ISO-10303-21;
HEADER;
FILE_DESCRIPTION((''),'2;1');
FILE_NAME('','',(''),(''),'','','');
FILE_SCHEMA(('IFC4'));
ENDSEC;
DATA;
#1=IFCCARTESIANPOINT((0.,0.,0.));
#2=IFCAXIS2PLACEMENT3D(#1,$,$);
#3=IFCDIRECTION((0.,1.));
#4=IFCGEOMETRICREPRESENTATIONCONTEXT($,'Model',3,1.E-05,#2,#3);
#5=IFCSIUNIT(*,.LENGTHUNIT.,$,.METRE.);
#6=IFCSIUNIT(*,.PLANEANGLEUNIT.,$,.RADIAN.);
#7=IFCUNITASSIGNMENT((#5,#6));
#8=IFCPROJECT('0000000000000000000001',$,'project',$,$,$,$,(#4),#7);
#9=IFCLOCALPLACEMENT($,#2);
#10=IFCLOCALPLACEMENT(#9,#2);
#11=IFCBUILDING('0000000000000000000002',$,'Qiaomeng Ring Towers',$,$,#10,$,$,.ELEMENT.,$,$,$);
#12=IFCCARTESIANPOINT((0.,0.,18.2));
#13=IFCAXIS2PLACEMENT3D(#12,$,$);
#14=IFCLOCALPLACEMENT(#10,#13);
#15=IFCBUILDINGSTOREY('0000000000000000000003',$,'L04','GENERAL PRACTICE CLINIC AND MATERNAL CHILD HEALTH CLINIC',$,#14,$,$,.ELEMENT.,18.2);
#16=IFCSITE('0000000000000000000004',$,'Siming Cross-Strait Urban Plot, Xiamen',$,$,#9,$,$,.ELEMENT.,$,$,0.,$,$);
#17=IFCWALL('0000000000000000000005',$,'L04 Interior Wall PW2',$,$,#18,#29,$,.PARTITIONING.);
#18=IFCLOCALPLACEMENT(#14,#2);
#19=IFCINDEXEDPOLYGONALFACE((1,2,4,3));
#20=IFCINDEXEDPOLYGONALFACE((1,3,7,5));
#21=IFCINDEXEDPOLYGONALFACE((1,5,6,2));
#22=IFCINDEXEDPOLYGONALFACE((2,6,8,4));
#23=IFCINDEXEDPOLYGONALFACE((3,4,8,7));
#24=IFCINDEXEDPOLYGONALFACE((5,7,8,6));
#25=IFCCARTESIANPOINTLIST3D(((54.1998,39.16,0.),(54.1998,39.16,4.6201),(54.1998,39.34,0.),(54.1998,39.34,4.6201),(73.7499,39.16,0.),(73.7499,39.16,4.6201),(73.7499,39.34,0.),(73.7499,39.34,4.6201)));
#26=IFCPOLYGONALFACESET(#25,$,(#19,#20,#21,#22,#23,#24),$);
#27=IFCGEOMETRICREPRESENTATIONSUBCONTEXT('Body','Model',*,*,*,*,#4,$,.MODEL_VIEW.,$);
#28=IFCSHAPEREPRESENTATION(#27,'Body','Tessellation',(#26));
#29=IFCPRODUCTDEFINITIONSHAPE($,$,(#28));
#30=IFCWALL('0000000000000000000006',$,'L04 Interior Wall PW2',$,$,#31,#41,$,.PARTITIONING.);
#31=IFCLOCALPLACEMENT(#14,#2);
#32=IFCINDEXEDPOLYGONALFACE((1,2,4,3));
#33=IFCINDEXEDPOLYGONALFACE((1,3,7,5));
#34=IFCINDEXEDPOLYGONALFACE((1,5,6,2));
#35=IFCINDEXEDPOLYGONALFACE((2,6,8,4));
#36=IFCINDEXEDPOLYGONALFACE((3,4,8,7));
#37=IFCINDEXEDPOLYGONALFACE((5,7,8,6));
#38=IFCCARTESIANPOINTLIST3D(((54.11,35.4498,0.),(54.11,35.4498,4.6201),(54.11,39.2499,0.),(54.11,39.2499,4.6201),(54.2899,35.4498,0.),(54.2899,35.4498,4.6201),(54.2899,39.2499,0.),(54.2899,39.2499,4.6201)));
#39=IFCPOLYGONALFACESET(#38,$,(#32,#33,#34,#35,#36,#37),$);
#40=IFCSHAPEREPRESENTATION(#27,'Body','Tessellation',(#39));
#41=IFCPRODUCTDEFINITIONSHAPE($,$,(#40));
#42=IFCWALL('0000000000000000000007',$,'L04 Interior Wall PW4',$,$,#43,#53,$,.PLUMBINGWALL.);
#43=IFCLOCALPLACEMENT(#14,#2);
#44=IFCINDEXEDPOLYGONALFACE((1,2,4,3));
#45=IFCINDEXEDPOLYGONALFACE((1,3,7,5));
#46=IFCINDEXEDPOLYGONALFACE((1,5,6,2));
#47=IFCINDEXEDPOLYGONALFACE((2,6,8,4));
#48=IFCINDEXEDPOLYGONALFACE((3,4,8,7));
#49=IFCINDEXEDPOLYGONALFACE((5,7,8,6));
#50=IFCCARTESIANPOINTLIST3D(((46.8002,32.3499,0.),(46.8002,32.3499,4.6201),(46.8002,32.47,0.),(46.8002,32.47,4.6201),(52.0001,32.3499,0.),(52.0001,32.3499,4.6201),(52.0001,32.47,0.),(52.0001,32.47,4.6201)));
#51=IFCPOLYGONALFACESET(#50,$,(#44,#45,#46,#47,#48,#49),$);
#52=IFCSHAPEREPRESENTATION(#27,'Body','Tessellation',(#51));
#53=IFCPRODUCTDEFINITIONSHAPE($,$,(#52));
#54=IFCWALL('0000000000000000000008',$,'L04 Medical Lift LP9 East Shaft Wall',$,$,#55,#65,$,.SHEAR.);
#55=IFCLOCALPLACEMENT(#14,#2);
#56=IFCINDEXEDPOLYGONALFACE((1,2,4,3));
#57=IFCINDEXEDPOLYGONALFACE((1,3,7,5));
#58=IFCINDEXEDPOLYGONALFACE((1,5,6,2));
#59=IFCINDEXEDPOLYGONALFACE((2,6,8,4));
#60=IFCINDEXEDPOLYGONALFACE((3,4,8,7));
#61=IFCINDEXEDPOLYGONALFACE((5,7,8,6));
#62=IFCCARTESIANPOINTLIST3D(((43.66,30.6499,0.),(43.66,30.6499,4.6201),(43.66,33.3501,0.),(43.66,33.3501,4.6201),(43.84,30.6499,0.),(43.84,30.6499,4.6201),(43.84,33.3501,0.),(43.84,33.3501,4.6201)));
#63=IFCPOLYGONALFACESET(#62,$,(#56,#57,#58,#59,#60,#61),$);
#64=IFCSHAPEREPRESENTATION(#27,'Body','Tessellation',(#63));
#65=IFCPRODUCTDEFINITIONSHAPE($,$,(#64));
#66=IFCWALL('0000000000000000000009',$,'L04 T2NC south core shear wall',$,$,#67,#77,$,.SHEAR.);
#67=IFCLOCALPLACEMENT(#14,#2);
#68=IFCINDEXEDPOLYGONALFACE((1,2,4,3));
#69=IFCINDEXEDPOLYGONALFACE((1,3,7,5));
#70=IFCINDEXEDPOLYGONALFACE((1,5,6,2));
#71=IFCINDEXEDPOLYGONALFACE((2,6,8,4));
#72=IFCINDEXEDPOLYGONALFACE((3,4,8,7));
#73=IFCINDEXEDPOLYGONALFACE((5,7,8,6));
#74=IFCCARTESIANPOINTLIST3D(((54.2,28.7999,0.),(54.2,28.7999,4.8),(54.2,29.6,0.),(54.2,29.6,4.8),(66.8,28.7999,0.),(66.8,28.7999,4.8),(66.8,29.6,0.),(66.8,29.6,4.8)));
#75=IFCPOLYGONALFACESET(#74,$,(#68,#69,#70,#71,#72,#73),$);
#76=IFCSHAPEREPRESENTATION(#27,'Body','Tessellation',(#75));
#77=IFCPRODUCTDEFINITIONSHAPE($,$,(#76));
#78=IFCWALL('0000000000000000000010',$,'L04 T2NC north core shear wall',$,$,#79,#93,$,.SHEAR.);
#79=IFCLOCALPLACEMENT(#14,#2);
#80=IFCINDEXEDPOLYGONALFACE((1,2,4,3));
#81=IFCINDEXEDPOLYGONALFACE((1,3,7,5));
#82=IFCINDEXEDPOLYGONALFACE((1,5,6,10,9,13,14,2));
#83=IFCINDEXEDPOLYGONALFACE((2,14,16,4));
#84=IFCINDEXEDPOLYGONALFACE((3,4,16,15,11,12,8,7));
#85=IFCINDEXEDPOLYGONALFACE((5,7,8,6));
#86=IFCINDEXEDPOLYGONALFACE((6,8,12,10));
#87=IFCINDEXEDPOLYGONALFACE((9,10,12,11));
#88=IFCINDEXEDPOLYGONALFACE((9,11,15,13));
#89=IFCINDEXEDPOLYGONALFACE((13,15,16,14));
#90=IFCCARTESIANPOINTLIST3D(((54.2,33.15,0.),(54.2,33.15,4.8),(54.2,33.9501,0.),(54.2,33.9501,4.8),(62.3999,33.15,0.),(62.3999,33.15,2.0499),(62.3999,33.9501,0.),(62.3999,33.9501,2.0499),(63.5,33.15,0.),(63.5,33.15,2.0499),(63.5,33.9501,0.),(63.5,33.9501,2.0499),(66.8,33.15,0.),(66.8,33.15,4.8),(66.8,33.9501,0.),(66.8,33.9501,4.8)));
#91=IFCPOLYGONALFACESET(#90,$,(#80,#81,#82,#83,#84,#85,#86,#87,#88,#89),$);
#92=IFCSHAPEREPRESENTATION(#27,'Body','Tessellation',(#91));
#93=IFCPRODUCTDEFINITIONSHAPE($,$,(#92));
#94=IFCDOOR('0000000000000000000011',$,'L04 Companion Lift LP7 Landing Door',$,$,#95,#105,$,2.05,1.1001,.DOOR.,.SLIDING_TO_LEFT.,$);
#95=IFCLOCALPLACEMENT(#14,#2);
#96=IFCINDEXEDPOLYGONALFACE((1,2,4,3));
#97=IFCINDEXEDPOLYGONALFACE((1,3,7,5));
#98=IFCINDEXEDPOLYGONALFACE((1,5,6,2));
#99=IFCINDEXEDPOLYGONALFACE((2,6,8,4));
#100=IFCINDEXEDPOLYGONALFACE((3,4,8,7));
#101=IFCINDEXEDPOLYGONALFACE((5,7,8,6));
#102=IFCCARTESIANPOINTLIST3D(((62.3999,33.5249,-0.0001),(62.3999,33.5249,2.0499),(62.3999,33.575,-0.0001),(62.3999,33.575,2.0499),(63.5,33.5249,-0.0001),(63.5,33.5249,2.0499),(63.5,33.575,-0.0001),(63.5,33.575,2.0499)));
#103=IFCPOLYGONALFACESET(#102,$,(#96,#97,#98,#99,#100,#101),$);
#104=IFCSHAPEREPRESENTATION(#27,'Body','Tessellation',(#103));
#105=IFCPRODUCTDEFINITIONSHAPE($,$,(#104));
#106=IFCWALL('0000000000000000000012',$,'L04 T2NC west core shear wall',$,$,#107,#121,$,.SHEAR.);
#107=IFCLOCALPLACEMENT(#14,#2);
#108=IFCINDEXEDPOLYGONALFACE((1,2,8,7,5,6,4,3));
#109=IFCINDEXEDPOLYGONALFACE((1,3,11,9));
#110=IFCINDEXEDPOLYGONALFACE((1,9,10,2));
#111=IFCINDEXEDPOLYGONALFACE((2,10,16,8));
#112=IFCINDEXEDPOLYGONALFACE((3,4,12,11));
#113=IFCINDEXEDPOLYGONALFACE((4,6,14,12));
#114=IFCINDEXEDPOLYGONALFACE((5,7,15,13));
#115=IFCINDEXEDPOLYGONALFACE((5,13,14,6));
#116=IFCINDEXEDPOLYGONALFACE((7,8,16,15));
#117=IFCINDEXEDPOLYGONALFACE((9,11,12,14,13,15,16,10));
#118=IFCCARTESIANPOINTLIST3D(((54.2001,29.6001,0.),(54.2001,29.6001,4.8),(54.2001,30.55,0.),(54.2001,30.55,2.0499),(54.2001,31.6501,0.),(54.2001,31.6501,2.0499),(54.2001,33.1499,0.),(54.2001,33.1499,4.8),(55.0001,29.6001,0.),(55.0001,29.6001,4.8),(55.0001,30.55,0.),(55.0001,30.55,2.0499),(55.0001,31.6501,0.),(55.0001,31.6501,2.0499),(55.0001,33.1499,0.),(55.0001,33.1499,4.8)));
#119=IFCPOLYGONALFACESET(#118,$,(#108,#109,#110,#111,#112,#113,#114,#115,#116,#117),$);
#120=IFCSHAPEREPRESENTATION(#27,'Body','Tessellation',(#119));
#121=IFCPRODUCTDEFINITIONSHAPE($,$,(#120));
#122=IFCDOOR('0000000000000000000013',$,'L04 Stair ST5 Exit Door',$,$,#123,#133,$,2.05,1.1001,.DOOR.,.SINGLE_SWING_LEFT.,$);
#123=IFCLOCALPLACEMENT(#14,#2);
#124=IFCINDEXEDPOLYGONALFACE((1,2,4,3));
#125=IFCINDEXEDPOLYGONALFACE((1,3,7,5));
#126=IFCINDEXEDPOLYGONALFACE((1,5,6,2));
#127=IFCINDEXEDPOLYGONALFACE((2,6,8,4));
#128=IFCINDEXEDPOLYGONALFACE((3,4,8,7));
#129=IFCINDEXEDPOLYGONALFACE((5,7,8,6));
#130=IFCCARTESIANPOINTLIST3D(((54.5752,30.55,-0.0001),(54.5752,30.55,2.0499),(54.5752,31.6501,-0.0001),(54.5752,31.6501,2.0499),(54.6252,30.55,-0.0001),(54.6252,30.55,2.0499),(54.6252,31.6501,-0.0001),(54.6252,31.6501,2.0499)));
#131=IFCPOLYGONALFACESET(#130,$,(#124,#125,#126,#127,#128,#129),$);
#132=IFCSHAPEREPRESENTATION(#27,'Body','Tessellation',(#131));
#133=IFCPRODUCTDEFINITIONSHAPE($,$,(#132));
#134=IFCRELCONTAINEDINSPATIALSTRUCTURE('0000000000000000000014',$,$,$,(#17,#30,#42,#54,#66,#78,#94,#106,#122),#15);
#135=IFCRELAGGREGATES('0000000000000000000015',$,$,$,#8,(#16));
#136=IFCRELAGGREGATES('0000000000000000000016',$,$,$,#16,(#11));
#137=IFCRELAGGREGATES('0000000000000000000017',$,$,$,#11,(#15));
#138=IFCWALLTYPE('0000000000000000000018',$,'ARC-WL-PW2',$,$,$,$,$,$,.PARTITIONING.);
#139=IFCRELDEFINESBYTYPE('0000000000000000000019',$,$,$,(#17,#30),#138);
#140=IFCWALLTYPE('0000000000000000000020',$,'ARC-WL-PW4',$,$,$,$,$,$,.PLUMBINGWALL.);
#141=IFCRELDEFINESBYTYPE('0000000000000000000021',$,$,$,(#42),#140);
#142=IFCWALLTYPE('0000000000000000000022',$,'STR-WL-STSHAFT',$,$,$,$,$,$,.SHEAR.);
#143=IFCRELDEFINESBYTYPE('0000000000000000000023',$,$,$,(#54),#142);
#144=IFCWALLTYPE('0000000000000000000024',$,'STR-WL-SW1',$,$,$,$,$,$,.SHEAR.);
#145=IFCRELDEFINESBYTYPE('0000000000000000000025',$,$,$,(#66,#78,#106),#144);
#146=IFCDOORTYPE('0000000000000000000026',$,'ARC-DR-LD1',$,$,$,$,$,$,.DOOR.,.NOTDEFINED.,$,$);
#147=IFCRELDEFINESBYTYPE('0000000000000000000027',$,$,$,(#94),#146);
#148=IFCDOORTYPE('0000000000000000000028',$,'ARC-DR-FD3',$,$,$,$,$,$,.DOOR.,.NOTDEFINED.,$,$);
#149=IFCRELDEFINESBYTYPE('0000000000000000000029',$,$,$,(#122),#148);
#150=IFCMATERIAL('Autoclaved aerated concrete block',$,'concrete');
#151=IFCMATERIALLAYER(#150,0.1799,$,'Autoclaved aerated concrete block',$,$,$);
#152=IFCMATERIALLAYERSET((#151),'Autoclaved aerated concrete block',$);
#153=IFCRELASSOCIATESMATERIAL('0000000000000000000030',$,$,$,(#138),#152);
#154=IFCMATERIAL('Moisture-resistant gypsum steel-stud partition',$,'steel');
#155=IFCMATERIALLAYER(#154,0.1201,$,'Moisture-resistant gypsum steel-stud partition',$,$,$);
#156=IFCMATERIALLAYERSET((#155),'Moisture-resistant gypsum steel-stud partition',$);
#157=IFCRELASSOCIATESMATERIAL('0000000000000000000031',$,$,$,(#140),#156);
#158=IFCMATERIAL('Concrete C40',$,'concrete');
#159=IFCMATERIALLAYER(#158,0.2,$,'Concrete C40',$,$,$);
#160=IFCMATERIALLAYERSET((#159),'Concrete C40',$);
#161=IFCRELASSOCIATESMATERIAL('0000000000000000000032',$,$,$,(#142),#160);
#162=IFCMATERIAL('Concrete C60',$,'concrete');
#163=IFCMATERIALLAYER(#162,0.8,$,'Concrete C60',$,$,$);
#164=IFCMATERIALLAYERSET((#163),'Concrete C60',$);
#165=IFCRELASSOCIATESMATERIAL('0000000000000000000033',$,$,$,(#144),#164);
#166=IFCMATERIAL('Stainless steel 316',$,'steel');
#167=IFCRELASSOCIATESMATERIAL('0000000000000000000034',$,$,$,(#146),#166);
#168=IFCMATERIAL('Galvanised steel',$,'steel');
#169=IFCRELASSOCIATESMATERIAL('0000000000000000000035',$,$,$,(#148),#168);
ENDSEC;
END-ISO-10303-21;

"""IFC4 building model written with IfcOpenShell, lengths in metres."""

from ifc_helpers import new_model, si_unit, direction, frame, frame_2d, origin, place, context, subcontext, project, spatial, rectangle, extrude, source, transform, mapped, material, layer, layer_set, type_object, element, fill, save


model = new_model("IFC4")

# Units and contexts
model_context = context("Model", 3, precision=1e-05, world=origin(), true_north=direction((0.0, 1.0)))
body_context = subcontext(model_context, "Body", "Model", "MODEL_VIEW")
ifc_project = project(units=[si_unit("LENGTHUNIT", "METRE"), si_unit("PLANEANGLEUNIT", "RADIAN")], contexts=[model_context])

# Site, building, storey
site_placement = place(None, origin())
site = spatial("IfcSite", under=ifc_project, at=site_placement, Name="Siming Cross-Strait Urban Plot, Xiamen", CompositionType="ELEMENT", RefElevation=0.0)
building_placement = place(site_placement, origin())
building = spatial("IfcBuilding", under=site, at=building_placement, Name="Qiaomeng Ring Towers", CompositionType="ELEMENT")
storey_placement = place(building_placement, frame((0.0, 0.0, 18.2)))
storey = spatial("IfcBuildingStorey", under=building, at=storey_placement, Name="L04", Description="GENERAL PRACTICE CLINIC AND MATERNAL CHILD HEALTH CLINIC", CompositionType="ELEMENT", Elevation=18.2)

# Shared definitions
ifc_material_1 = material(Name="Concrete C60", Category="concrete")

# Shared definitions
ifc_material_2 = material(Name="Autoclaved aerated concrete block", Category="concrete")
ifc_layer_1 = layer(ifc_material_2, 0.1799, Name="Autoclaved aerated concrete block")
ifc_layer_set_1 = layer_set([ifc_layer_1], Name="Autoclaved aerated concrete block")
wall_type_1 = type_object("IfcWallType", Name="ARC-WL-PW2", PredefinedType="PARTITIONING", material=ifc_layer_set_1)

# Walls
wall_1_placement = place(storey_placement, frame((54.2, 39.25, 0.0), z_axis=(0.0, 0.0, 1.0), x_axis=(1.0, 0.0, 0.0)))
element("IfcWall", 1, at=wall_1_placement, inside=storey, type_object=wall_type_1, Name="L04 Interior Wall PW2", PredefinedType="PARTITIONING", context=body_context, shape_type="SweptSolid", body=[
    extrude(rectangle(XDim=19.55, YDim=0.1799, at=frame_2d((9.7749, 0.0))), origin(), (0.0, 0.0, 1.0), 4.6201),
])
wall_2_placement = place(storey_placement, frame((54.2, 35.45, 0.0), z_axis=(0.0, 0.0, 1.0), x_axis=(0.0, 1.0, 0.0)))
element("IfcWall", 2, at=wall_2_placement, inside=storey, type_object=wall_type_1, Name="L04 Interior Wall PW2", PredefinedType="PARTITIONING", context=body_context, shape_type="SweptSolid", body=[
    extrude(rectangle(XDim=3.8, YDim=0.1799, at=frame_2d((1.8999, 0.0))), origin(), (0.0, 0.0, 1.0), 4.6201),
])
ifc_material_3 = material(Name="Moisture-resistant gypsum steel-stud partition", Category="steel")
ifc_layer_2 = layer(ifc_material_3, 0.1201, Name="Moisture-resistant gypsum steel-stud partition")
ifc_layer_set_2 = layer_set([ifc_layer_2], Name="Moisture-resistant gypsum steel-stud partition")
wall_type_2 = type_object("IfcWallType", Name="ARC-WL-PW4", PredefinedType="PLUMBINGWALL", material=ifc_layer_set_2)
wall_3_placement = place(storey_placement, frame((46.8, 32.4099, 0.0), z_axis=(0.0, 0.0, 1.0), x_axis=(1.0, 0.0, 0.0)))
element("IfcWall", 3, at=wall_3_placement, inside=storey, type_object=wall_type_2, Name="L04 Interior Wall PW4", PredefinedType="PLUMBINGWALL", context=body_context, shape_type="SweptSolid", body=[
    extrude(rectangle(XDim=5.2, YDim=0.1201, at=frame_2d((2.6001, 0.0))), origin(), (0.0, 0.0, 1.0), 4.6201),
])
ifc_material_4 = material(Name="Concrete C40", Category="concrete")
ifc_layer_3 = layer(ifc_material_4, 0.2, Name="Concrete C40")
ifc_layer_set_3 = layer_set([ifc_layer_3], Name="Concrete C40")
wall_type_3 = type_object("IfcWallType", Name="STR-WL-STSHAFT", PredefinedType="SHEAR", material=ifc_layer_set_3)
wall_4_placement = place(storey_placement, frame((43.75, 30.6499, 0.0), z_axis=(0.0, 0.0, 1.0), x_axis=(0.0, 1.0, 0.0)))
element("IfcWall", 4, at=wall_4_placement, inside=storey, type_object=wall_type_3, Name="L04 Medical Lift LP9 East Shaft Wall", PredefinedType="SHEAR", context=body_context, shape_type="SweptSolid", body=[
    extrude(rectangle(XDim=2.7002, YDim=0.1799, at=frame_2d((1.3501, 0.0))), origin(), (0.0, 0.0, 1.0), 4.6201),
])
ifc_layer_4 = layer(ifc_material_1, 0.8, Name="Concrete C60")
ifc_layer_set_4 = layer_set([ifc_layer_4], Name="Concrete C60")
wall_type_4 = type_object("IfcWallType", Name="STR-WL-SW1", PredefinedType="SHEAR", material=ifc_layer_set_4)
wall_5_placement = place(storey_placement, frame((54.2, 29.2, 0.0), z_axis=(0.0, 0.0, 1.0), x_axis=(1.0, 0.0, 0.0)))
element("IfcWall", 5, at=wall_5_placement, inside=storey, type_object=wall_type_4, Name="L04 T2NC south core shear wall", PredefinedType="SHEAR", context=body_context, shape_type="SweptSolid", body=[
    extrude(rectangle(XDim=12.6001, YDim=0.8, at=frame_2d((6.3, 0.0))), origin(), (0.0, 0.0, 1.0), 4.8),
])

# Walls, openings, doors
wall_6_placement = place(storey_placement, frame((54.2, 33.55, 0.0), z_axis=(0.0, 0.0, 1.0), x_axis=(1.0, 0.0, 0.0)))
wall_6 = element("IfcWall", 6, at=wall_6_placement, inside=storey, type_object=wall_type_4, Name="L04 T2NC north core shear wall", PredefinedType="SHEAR", context=body_context, shape_type="SweptSolid", body=[
    extrude(rectangle(XDim=12.6001, YDim=0.8, at=frame_2d((6.3, 0.0))), origin(), (0.0, 0.0, 1.0), 4.8),
])
opening_1_placement = place(wall_6_placement, frame((8.2, 0.0, 0.0)))
opening_1 = element("IfcOpeningElement", 7, at=opening_1_placement, cuts=wall_6, PredefinedType="OPENING", context=body_context, shape_type="SweptSolid", body=[
    extrude(rectangle(XDim=1.1001, YDim=2.05, at=frame_2d((0.55, 1.0249))), frame((0.0, 0.4099, 0.0), z_axis=(0.0, -1.0, 0.0), x_axis=(1.0, 0.0, 0.0)), (0.0, 0.0, 1.0), 0.8201),
])
ifc_material_5 = material(Name="Stainless steel 316", Category="steel")
door_type_1 = type_object("IfcDoorType", Name="ARC-DR-LD1", OperationType="NOTDEFINED", PredefinedType="DOOR", material=ifc_material_5)
shared_shape_1 = source(origin(), body_context, "Body", "SweptSolid", [
    extrude(rectangle(XDim=1.1001, YDim=2.05, at=frame_2d((0.55, 1.0249))), frame((0.0, 0.0249, 0.0), z_axis=(0.0, -1.0, 0.0), x_axis=(1.0, 0.0, 0.0)), (0.0, 0.0, 1.0), 0.05),
])
door_1_placement = place(opening_1_placement, origin())
door_1 = element("IfcDoor", 8, at=door_1_placement, inside=storey, type_object=door_type_1, Name="L04 Companion Lift LP7 Landing Door", OperationType="SLIDING_TO_LEFT", OverallHeight=2.05, OverallWidth=1.1001, PredefinedType="DOOR", context=body_context, shape_type="MappedRepresentation", body=[
    mapped(shared_shape_1, transform((0.0, 0.0, 0.0), x_axis=(1.0, 0.0, 0.0), y_axis=(0.0, 1.0, 0.0), z_axis=(0.0, 0.0, 1.0), scale=1.0)),
])
fill(opening_1, door_1)
wall_7_placement = place(storey_placement, frame((54.6001, 29.6001, 0.0), z_axis=(0.0, 0.0, 1.0), x_axis=(0.0, 1.0, 0.0)))
wall_7 = element("IfcWall", 9, at=wall_7_placement, inside=storey, type_object=wall_type_4, Name="L04 T2NC west core shear wall", PredefinedType="SHEAR", context=body_context, shape_type="SweptSolid", body=[
    extrude(rectangle(XDim=3.5498, YDim=0.8, at=frame_2d((1.7749, 0.0))), origin(), (0.0, 0.0, 1.0), 4.8),
])
opening_2_placement = place(wall_7_placement, frame((0.95, 0.0, 0.0)))
opening_2 = element("IfcOpeningElement", 10, at=opening_2_placement, cuts=wall_7, PredefinedType="OPENING", context=body_context, shape_type="SweptSolid", body=[
    extrude(rectangle(XDim=1.1001, YDim=2.05, at=frame_2d((0.55, 1.0249))), frame((0.0, 0.4099, 0.0), z_axis=(0.0, -1.0, 0.0), x_axis=(1.0, 0.0, 0.0)), (0.0, 0.0, 1.0), 0.8201),
])
ifc_material_6 = material(Name="Galvanised steel", Category="steel")
door_type_2 = type_object("IfcDoorType", Name="ARC-DR-FD3", OperationType="NOTDEFINED", PredefinedType="DOOR", material=ifc_material_6)
door_2_placement = place(opening_2_placement, origin())
door_2 = element("IfcDoor", 11, at=door_2_placement, inside=storey, type_object=door_type_2, Name="L04 Stair ST5 Exit Door", OperationType="SINGLE_SWING_LEFT", OverallHeight=2.05, OverallWidth=1.1001, PredefinedType="DOOR", context=body_context, shape_type="MappedRepresentation", body=[
    mapped(shared_shape_1, transform((0.0, 0.0, 0.0), x_axis=(1.0, 0.0, 0.0), y_axis=(0.0, 1.0, 0.0), z_axis=(0.0, 0.0, 1.0), scale=1.0)),
])
fill(opening_2, door_2)

save(model, "model.ifc")
